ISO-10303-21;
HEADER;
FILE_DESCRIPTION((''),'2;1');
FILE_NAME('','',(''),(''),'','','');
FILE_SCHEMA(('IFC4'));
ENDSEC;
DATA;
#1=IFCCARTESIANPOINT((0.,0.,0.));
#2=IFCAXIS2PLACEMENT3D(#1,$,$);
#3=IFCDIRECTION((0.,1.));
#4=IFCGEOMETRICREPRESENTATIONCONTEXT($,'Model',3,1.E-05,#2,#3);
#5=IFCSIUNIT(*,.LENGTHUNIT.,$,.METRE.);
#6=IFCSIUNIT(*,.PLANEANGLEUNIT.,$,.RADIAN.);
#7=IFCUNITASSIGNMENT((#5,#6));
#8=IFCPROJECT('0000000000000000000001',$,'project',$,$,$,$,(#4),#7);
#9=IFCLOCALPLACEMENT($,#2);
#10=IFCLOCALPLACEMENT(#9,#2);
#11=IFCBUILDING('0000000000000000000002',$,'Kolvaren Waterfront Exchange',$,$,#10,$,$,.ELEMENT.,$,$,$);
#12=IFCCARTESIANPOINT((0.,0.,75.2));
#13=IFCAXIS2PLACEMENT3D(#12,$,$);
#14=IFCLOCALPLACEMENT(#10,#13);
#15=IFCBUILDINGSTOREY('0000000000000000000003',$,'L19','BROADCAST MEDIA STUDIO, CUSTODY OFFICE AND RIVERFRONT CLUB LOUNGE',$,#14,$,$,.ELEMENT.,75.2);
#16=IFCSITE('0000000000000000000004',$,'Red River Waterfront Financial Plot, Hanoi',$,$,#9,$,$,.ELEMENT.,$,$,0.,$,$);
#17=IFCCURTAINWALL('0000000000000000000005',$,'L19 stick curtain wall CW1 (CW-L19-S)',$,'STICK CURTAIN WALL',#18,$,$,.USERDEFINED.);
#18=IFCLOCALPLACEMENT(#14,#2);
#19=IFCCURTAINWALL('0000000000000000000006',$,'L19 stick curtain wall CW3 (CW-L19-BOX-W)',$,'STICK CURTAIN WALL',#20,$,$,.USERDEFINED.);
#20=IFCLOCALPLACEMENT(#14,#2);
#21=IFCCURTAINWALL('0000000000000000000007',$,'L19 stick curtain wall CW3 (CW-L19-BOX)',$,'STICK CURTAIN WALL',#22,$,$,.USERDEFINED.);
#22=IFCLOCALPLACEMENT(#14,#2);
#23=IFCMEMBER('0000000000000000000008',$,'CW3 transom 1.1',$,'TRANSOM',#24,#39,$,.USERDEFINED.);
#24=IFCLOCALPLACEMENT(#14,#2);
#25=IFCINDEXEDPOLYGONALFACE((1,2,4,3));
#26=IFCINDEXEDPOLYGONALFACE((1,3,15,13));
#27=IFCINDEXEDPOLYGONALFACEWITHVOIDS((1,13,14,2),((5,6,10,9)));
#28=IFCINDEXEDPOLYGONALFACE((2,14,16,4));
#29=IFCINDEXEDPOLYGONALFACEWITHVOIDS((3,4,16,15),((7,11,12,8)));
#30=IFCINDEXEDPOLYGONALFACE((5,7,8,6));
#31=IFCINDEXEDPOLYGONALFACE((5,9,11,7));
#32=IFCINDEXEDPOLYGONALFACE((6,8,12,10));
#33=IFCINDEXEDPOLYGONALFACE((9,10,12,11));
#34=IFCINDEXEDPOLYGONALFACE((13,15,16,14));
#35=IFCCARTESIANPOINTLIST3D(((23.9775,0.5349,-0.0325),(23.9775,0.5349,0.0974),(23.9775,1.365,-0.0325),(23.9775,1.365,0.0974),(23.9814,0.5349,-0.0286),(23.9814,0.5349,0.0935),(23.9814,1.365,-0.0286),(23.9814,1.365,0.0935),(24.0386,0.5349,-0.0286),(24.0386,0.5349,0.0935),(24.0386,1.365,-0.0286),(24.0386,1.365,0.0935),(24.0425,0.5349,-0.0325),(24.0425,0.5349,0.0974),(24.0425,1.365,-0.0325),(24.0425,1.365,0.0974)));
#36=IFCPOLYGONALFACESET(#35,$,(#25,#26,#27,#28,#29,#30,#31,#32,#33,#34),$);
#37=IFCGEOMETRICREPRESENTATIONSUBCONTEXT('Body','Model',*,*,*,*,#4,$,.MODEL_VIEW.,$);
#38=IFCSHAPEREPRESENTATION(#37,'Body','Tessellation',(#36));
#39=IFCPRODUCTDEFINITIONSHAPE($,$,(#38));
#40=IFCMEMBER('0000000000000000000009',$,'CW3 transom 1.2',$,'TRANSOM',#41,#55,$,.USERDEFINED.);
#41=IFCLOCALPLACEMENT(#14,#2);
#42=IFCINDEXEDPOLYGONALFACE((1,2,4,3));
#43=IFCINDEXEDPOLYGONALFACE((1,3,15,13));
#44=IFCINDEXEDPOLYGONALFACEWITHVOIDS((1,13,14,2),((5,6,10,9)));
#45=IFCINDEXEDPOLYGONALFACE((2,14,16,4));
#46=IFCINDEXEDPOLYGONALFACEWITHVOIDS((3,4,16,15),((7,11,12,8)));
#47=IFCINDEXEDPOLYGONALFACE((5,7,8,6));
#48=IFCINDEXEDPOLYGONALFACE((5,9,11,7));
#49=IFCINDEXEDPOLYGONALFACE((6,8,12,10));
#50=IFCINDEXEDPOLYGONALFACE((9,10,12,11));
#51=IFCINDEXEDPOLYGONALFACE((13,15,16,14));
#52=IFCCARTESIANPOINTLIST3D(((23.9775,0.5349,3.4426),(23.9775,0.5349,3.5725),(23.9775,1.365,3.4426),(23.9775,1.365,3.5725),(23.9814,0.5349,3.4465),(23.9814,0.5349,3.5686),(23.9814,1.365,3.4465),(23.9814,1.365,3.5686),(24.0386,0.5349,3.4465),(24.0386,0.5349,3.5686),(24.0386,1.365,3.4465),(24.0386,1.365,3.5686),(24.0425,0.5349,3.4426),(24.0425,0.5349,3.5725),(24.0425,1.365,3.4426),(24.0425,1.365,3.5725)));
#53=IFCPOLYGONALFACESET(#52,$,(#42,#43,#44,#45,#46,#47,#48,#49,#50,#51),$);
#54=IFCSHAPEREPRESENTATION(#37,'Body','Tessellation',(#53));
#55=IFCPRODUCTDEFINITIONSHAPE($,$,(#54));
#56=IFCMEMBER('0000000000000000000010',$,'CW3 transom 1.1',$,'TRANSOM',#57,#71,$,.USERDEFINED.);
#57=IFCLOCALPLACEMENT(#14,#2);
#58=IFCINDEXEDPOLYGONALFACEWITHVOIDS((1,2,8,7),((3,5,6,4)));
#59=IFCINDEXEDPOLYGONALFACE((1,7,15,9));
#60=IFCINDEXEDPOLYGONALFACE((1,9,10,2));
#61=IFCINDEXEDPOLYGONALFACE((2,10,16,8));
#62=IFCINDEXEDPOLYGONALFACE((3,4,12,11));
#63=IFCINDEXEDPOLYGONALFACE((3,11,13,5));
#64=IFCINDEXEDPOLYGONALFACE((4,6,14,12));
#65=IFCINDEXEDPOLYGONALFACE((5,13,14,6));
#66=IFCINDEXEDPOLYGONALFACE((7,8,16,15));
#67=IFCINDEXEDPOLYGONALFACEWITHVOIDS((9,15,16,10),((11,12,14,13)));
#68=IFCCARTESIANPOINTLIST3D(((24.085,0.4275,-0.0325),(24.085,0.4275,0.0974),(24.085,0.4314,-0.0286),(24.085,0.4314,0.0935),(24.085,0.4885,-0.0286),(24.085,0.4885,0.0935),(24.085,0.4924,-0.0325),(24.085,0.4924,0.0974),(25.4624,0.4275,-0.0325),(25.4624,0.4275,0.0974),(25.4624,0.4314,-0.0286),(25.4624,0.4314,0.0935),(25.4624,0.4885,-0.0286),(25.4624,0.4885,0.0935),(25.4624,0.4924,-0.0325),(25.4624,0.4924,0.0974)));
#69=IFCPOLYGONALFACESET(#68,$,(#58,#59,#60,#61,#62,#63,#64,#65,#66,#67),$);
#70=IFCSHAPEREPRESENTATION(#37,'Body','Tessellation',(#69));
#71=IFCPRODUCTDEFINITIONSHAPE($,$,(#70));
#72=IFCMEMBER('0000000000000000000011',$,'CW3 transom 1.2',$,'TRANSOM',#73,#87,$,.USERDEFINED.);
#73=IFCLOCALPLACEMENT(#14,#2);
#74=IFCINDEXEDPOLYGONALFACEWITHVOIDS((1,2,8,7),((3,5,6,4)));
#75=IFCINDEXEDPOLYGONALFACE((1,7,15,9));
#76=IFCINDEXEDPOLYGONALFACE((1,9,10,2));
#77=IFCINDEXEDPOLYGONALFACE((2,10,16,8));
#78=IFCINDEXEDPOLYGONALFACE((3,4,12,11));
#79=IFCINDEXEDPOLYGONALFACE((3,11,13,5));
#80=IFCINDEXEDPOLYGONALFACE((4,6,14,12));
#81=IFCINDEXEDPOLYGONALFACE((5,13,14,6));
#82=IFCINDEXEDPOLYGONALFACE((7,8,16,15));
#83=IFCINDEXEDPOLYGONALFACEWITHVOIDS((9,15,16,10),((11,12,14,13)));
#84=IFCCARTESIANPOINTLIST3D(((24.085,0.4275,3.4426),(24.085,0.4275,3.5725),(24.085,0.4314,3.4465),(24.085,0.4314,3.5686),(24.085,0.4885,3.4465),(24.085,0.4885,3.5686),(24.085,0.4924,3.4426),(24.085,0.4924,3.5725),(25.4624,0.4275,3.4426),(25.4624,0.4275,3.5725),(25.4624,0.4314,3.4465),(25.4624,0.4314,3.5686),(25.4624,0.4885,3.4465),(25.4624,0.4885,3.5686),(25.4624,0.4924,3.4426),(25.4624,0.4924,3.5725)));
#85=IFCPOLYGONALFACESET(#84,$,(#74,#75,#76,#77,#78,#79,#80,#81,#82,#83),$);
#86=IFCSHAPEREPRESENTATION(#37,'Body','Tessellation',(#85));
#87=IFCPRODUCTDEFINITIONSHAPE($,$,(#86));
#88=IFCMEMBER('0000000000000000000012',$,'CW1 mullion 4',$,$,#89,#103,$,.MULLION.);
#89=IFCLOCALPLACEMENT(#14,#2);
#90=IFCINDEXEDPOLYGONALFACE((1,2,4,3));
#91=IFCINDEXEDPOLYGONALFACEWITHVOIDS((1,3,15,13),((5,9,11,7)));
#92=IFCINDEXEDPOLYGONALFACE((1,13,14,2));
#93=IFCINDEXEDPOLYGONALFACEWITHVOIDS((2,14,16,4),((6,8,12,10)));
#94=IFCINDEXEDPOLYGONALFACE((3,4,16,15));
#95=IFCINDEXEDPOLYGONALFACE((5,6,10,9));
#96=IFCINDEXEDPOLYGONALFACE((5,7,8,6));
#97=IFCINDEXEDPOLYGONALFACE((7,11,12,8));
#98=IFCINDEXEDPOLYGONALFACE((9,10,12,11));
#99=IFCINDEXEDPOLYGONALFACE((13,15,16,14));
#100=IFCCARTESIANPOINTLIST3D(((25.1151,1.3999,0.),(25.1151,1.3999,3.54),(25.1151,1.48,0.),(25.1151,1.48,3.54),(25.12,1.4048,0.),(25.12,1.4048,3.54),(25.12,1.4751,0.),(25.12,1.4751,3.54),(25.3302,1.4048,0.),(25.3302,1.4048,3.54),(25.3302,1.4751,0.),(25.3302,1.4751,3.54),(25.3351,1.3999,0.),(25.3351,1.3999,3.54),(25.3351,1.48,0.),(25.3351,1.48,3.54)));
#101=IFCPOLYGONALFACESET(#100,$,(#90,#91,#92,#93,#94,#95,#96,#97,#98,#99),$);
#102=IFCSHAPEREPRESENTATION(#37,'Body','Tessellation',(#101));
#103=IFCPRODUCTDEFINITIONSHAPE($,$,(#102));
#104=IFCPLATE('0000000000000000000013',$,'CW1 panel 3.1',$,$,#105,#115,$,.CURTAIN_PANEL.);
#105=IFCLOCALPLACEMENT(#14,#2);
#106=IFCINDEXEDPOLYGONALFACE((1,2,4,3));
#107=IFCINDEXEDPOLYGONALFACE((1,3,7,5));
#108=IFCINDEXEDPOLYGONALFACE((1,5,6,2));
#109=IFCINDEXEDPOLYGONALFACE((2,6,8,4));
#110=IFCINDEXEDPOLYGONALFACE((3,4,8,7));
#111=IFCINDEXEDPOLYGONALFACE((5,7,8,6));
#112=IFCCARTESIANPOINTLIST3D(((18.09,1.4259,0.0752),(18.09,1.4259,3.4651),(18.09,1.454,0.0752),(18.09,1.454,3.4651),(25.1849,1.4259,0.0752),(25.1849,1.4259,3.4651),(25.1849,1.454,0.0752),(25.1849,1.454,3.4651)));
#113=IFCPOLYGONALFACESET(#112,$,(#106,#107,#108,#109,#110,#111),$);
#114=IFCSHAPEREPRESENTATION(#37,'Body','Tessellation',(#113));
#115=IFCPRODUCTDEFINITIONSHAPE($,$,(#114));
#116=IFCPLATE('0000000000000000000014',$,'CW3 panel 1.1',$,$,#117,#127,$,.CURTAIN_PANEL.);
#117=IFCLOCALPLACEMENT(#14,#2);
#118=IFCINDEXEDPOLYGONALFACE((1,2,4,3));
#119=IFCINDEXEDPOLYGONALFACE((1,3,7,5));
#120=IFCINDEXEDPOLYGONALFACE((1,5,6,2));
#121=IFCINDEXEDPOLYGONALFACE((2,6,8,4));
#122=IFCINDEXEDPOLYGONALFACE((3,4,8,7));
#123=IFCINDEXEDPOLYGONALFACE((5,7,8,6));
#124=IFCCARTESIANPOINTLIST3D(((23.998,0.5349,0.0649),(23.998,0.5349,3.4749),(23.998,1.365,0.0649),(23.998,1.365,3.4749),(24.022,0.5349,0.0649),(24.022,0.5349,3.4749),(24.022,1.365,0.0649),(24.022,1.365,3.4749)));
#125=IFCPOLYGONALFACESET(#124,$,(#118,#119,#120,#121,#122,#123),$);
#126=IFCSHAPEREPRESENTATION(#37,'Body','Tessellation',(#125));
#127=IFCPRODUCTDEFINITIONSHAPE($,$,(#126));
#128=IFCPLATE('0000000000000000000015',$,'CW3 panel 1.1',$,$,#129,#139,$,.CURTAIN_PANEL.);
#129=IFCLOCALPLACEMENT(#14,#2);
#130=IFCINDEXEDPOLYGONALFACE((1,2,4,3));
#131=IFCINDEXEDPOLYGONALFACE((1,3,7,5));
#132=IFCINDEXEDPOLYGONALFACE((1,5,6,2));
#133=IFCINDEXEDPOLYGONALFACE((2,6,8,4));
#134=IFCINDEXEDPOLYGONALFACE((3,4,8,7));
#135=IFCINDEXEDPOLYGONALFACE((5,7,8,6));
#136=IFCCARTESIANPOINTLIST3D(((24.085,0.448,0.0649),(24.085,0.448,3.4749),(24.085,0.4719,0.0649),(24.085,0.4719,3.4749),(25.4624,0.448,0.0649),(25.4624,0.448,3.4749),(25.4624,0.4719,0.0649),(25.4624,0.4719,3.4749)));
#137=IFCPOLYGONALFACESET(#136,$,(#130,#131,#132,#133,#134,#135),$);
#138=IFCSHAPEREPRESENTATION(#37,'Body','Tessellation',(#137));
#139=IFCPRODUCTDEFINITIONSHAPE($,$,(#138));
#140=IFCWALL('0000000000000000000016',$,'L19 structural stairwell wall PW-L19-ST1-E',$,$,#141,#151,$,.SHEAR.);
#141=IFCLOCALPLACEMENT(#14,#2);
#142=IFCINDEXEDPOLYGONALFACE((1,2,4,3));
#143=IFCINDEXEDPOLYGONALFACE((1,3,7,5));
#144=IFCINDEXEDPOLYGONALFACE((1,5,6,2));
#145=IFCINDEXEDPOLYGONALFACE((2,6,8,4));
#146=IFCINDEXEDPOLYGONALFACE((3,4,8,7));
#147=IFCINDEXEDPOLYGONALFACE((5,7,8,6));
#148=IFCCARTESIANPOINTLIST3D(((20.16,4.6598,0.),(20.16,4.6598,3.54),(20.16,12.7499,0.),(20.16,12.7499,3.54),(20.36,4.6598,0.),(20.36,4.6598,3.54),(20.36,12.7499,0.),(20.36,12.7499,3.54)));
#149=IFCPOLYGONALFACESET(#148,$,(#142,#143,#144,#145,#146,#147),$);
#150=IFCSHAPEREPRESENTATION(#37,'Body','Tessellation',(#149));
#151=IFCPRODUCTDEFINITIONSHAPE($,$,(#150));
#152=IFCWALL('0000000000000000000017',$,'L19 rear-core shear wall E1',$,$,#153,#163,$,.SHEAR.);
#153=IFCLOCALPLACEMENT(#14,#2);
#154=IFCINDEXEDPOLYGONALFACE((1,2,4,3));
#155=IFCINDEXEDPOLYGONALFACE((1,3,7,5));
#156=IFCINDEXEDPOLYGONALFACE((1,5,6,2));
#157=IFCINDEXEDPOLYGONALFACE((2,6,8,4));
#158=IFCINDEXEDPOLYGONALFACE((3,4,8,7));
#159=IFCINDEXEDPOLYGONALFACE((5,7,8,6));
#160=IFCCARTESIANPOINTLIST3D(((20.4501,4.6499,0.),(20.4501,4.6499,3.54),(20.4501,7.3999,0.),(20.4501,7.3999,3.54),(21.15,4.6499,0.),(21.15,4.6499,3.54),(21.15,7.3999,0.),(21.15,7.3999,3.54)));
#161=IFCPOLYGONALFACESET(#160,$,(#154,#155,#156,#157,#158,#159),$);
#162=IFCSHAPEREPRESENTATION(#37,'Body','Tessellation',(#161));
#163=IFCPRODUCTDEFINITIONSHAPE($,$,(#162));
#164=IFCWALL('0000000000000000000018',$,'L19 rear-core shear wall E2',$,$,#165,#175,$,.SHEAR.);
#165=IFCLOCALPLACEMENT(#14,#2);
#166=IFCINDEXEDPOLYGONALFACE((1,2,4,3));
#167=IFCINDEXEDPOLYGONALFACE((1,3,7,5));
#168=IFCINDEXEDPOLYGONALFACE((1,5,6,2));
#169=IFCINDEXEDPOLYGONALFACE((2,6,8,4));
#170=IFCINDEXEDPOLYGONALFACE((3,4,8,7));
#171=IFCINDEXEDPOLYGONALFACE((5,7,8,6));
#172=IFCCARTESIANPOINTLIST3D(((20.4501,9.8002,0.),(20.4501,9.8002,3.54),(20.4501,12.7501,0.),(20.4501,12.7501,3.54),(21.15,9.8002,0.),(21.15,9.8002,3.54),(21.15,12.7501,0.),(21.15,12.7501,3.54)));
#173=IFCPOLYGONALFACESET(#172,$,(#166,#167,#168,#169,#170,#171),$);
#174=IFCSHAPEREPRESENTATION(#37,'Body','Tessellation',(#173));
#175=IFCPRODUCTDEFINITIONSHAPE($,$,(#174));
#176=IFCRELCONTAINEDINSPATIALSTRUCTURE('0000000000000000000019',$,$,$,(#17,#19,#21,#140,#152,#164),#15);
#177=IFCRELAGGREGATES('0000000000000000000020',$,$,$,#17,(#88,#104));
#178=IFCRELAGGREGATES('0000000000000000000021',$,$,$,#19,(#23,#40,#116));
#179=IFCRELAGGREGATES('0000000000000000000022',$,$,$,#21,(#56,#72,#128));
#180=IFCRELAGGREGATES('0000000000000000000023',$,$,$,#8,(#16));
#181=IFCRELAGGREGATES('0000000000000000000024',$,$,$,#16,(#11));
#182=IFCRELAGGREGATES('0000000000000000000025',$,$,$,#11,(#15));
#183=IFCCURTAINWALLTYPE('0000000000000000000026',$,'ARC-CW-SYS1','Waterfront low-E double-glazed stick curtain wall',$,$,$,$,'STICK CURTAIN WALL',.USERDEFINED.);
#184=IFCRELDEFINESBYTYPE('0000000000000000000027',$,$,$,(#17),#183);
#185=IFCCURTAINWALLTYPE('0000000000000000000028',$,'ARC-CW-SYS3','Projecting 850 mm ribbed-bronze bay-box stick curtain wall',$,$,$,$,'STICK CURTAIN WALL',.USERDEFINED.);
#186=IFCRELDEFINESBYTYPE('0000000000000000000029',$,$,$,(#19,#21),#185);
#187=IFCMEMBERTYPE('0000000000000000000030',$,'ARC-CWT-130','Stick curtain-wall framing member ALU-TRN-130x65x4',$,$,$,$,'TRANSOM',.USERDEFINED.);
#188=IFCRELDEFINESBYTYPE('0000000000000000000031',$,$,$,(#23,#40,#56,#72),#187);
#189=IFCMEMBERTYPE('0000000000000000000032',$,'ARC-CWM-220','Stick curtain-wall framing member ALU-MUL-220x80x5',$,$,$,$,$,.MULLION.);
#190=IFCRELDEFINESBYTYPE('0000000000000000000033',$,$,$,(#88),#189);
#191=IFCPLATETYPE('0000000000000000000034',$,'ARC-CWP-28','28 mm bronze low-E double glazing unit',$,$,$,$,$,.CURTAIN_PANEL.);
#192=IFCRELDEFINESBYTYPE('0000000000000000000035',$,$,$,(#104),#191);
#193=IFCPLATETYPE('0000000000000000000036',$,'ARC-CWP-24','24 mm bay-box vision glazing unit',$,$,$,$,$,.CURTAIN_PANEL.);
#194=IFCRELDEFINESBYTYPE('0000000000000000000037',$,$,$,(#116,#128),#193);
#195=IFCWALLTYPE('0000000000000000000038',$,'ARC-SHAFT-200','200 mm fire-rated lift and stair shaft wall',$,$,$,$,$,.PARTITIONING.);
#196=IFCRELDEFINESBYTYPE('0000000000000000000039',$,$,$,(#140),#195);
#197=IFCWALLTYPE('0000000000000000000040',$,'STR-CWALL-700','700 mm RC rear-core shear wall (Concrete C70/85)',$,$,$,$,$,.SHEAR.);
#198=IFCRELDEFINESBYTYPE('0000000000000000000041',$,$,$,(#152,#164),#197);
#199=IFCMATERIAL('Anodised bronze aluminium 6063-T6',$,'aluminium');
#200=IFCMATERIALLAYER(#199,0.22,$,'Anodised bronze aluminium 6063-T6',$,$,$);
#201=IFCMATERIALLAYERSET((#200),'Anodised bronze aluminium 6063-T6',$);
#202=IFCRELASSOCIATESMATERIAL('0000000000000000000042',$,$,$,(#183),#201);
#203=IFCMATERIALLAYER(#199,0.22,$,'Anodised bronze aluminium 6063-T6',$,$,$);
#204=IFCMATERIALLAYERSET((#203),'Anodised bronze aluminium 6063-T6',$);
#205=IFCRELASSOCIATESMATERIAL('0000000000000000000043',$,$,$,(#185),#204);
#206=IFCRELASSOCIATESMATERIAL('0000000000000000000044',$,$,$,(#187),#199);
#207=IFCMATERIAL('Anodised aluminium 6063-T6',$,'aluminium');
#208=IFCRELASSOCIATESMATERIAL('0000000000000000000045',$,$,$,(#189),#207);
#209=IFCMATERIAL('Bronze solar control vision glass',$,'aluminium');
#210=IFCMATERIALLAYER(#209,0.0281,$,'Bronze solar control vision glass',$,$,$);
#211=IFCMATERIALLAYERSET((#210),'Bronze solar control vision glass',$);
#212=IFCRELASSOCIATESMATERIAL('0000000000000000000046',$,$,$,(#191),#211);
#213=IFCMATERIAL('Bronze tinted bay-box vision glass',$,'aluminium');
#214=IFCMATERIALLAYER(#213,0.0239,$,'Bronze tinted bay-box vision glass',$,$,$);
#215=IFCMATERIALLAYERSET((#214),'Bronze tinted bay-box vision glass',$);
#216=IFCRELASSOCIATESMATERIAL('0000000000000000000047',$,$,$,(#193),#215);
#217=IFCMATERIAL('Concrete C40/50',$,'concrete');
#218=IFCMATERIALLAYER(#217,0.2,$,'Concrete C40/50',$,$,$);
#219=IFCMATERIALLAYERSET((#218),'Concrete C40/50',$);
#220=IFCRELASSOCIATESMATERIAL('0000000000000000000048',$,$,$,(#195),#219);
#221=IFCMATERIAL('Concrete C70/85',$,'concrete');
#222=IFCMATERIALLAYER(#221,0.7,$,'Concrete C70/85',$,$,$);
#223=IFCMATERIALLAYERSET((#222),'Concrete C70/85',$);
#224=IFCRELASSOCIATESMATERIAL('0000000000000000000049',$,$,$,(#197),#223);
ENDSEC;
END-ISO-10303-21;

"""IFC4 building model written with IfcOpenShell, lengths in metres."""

from ifc_helpers import new_model, si_unit, direction, frame, frame_2d, origin, origin_with_axes, origin_2d, place, context, subcontext, project, spatial, rectangle, hollow_rectangle, extrude, source, transform, mapped, material, layer, layer_set, material_profile, profile_set, type_object, element, aggregate, save


model = new_model("IFC4")

# Units and contexts
model_context = context("Model", 3, precision=1e-05, world=origin(), true_north=direction((0.0, 1.0)))
body_context = subcontext(model_context, "Body", "Model", "MODEL_VIEW")
ifc_project = project(units=[si_unit("LENGTHUNIT", "METRE"), si_unit("PLANEANGLEUNIT", "RADIAN")], contexts=[model_context])

# Site, building, storey
site_placement = place(None, origin())
site = spatial("IfcSite", under=ifc_project, at=site_placement, Name="Red River Waterfront Financial Plot, Hanoi", CompositionType="ELEMENT", RefElevation=0.0)
building_placement = place(site_placement, origin())
building = spatial("IfcBuilding", under=site, at=building_placement, Name="Kolvaren Waterfront Exchange", CompositionType="ELEMENT")
storey_placement = place(building_placement, frame((0.0, 0.0, 75.2)))
storey = spatial("IfcBuildingStorey", under=building, at=storey_placement, Name="L19", Description="BROADCAST MEDIA STUDIO, CUSTODY OFFICE AND RIVERFRONT CLUB LOUNGE", CompositionType="ELEMENT", Elevation=75.2)

# Shared definitions
ifc_material_1 = material(Name="Concrete C70/85", Category="concrete")

# Curtain walls
ifc_material_2 = material(Name="Anodised bronze aluminium 6063-T6", Category="aluminium")
ifc_layer_1 = layer(ifc_material_2, 0.22, Name="Anodised bronze aluminium 6063-T6")
ifc_layer_set_1 = layer_set([ifc_layer_1], Name="Anodised bronze aluminium 6063-T6")
curtain_wall_type_1 = type_object("IfcCurtainWallType", Name="ARC-CW-SYS1", Description="Waterfront low-E double-glazed stick curtain wall", ElementType="STICK CURTAIN WALL", PredefinedType="USERDEFINED", material=ifc_layer_set_1)
curtain_wall_1_placement = place(storey_placement, origin())
curtain_wall_1 = element("IfcCurtainWall", 1, at=curtain_wall_1_placement, inside=storey, type_object=curtain_wall_type_1, Name="L19 stick curtain wall CW1 (CW-L19-S)", ObjectType="STICK CURTAIN WALL", PredefinedType="USERDEFINED")
ifc_material_3 = material(Name="Anodised aluminium 6063-T6", Category="aluminium")
ifc_layer_2 = layer(ifc_material_2, 0.22, Name="Anodised bronze aluminium 6063-T6")
ifc_layer_set_2 = layer_set([ifc_layer_2], Name="Anodised bronze aluminium 6063-T6")
curtain_wall_type_2 = type_object("IfcCurtainWallType", Name="ARC-CW-SYS3", Description="Projecting 850 mm ribbed-bronze bay-box stick curtain wall", ElementType="STICK CURTAIN WALL", PredefinedType="USERDEFINED", material=ifc_layer_set_2)
curtain_wall_2_placement = place(storey_placement, origin())
curtain_wall_2 = element("IfcCurtainWall", 2, at=curtain_wall_2_placement, inside=storey, type_object=curtain_wall_type_2, Name="L19 stick curtain wall CW3 (CW-L19-BOX-W)", ObjectType="STICK CURTAIN WALL", PredefinedType="USERDEFINED")

# Curtain wall
curtain_wall_3_placement = place(storey_placement, origin())
curtain_wall_3 = element("IfcCurtainWall", 3, at=curtain_wall_3_placement, inside=storey, type_object=curtain_wall_type_2, Name="L19 stick curtain wall CW3 (CW-L19-BOX)", ObjectType="STICK CURTAIN WALL", PredefinedType="USERDEFINED")

# Members
ifc_material_profile_1 = material_profile(ifc_material_2, hollow_rectangle(XDim=0.0649, YDim=0.1299, WallThickness=0.0039, at=origin_2d()), Name="ALU-TRN-130x65x4")
ifc_profile_set_1 = profile_set([ifc_material_profile_1], Name="Anodised bronze aluminium 6063-T6")
member_type_1 = type_object("IfcMemberType", Name="ARC-CWT-130", Description="Stick curtain-wall framing member ALU-TRN-130x65x4", ElementType="TRANSOM", PredefinedType="USERDEFINED", material=ifc_profile_set_1)
shared_shape_1 = source(origin_with_axes(), body_context, "Body", "SweptSolid", [
    extrude(hollow_rectangle(XDim=0.0649, YDim=0.1299, WallThickness=0.0039, at=origin_2d()), origin(), (0.0, 0.0, 1.0), 0.8301),
])
member_1_placement = place(storey_placement, frame((24.01, 1.365, 0.0325), z_axis=(0.0, -1.0, 0.0), x_axis=(1.0, 0.0, 0.0)))
member_1 = element("IfcMember", 4, at=member_1_placement, type_object=member_type_1, Name="CW3 transom 1.1", ObjectType="TRANSOM", PredefinedType="USERDEFINED", context=body_context, shape_type="MappedRepresentation", body=[
    mapped(shared_shape_1, transform((0.0, 0.0, 0.0), x_axis=(1.0, 0.0, 0.0), y_axis=(0.0, 1.0, 0.0), z_axis=(0.0, 0.0, 1.0), scale=1.0)),
])
member_2_placement = place(storey_placement, frame((24.01, 1.365, 3.5076), z_axis=(0.0, -1.0, 0.0), x_axis=(1.0, 0.0, 0.0)))
member_2 = element("IfcMember", 5, at=member_2_placement, type_object=member_type_1, Name="CW3 transom 1.2", ObjectType="TRANSOM", PredefinedType="USERDEFINED", context=body_context, shape_type="MappedRepresentation", body=[
    mapped(shared_shape_1, transform((0.0, 0.0, 0.0), x_axis=(1.0, 0.0, 0.0), y_axis=(0.0, 1.0, 0.0), z_axis=(0.0, 0.0, 1.0), scale=1.0)),
])
shared_shape_2 = source(origin_with_axes(), body_context, "Body", "SweptSolid", [
    extrude(hollow_rectangle(XDim=0.0649, YDim=0.1299, WallThickness=0.0039, at=origin_2d()), origin(), (0.0, 0.0, 1.0), 1.3774),
])
member_3_placement = place(storey_placement, frame((24.085, 0.46, 0.0325), z_axis=(1.0, 0.0, 0.0), x_axis=(0.0, 1.0, 0.0)))
member_3 = element("IfcMember", 6, at=member_3_placement, type_object=member_type_1, Name="CW3 transom 1.1", ObjectType="TRANSOM", PredefinedType="USERDEFINED", context=body_context, shape_type="MappedRepresentation", body=[
    mapped(shared_shape_2, transform((0.0, 0.0, 0.0), x_axis=(1.0, 0.0, 0.0), y_axis=(0.0, 1.0, 0.0), z_axis=(0.0, 0.0, 1.0), scale=1.0)),
])
member_4_placement = place(storey_placement, frame((24.085, 0.46, 3.5076), z_axis=(1.0, 0.0, 0.0), x_axis=(0.0, 1.0, 0.0)))
member_4 = element("IfcMember", 7, at=member_4_placement, type_object=member_type_1, Name="CW3 transom 1.2", ObjectType="TRANSOM", PredefinedType="USERDEFINED", context=body_context, shape_type="MappedRepresentation", body=[
    mapped(shared_shape_2, transform((0.0, 0.0, 0.0), x_axis=(1.0, 0.0, 0.0), y_axis=(0.0, 1.0, 0.0), z_axis=(0.0, 0.0, 1.0), scale=1.0)),
])
ifc_material_profile_2 = material_profile(ifc_material_3, hollow_rectangle(XDim=0.0801, YDim=0.22, WallThickness=0.0049, at=origin_2d()), Name="ALU-MUL-220x80x5")
ifc_profile_set_2 = profile_set([ifc_material_profile_2], Name="Anodised aluminium 6063-T6")
member_type_2 = type_object("IfcMemberType", Name="ARC-CWM-220", Description="Stick curtain-wall framing member ALU-MUL-220x80x5", PredefinedType="MULLION", material=ifc_profile_set_2)
shared_shape_3 = source(origin_with_axes(), body_context, "Body", "SweptSolid", [
    extrude(hollow_rectangle(XDim=0.0801, YDim=0.22, WallThickness=0.0049, at=origin_2d()), origin(), (0.0, 0.0, 1.0), 3.54),
])
member_5_placement = place(storey_placement, frame((25.2251, 1.4399, 0.0), z_axis=(0.0, 0.0, 1.0), x_axis=(0.0, 1.0, 0.0)))
member_5 = element("IfcMember", 8, at=member_5_placement, type_object=member_type_2, Name="CW1 mullion 4", PredefinedType="MULLION", context=body_context, shape_type="MappedRepresentation", body=[
    mapped(shared_shape_3, transform((0.0, 0.0, 0.0), x_axis=(1.0, 0.0, 0.0), y_axis=(0.0, 1.0, 0.0), z_axis=(0.0, 0.0, 1.0), scale=1.0)),
])

# Plates
ifc_material_4 = material(Name="Bronze solar control vision glass", Category="aluminium")
ifc_layer_3 = layer(ifc_material_4, 0.0281, Name="Bronze solar control vision glass")
ifc_layer_set_3 = layer_set([ifc_layer_3], Name="Bronze solar control vision glass")
plate_type_1 = type_object("IfcPlateType", Name="ARC-CWP-28", Description="28 mm bronze low-E double glazing unit", PredefinedType="CURTAIN_PANEL", material=ifc_layer_set_3)
shared_shape_4 = source(origin_with_axes(), body_context, "Body", "SweptSolid", [
    extrude(rectangle(XDim=7.095, YDim=0.0281, at=origin_2d()), origin(), (0.0, 0.0, 1.0), 3.3899),
])
plate_1_placement = place(storey_placement, frame((21.6375, 1.4399, 0.0752), z_axis=(0.0, 0.0, 1.0), x_axis=(1.0, 0.0, 0.0)))
plate_1 = element("IfcPlate", 9, at=plate_1_placement, type_object=plate_type_1, Name="CW1 panel 3.1", PredefinedType="CURTAIN_PANEL", context=body_context, shape_type="MappedRepresentation", body=[
    mapped(shared_shape_4, transform((0.0, 0.0, 0.0), x_axis=(1.0, 0.0, 0.0), y_axis=(0.0, 1.0, 0.0), z_axis=(0.0, 0.0, 1.0), scale=1.0)),
])
aggregate(curtain_wall_1, [member_5, plate_1])
ifc_material_5 = material(Name="Bronze tinted bay-box vision glass", Category="aluminium")
ifc_layer_4 = layer(ifc_material_5, 0.0239, Name="Bronze tinted bay-box vision glass")
ifc_layer_set_4 = layer_set([ifc_layer_4], Name="Bronze tinted bay-box vision glass")
plate_type_2 = type_object("IfcPlateType", Name="ARC-CWP-24", Description="24 mm bay-box vision glazing unit", PredefinedType="CURTAIN_PANEL", material=ifc_layer_set_4)
shared_shape_5 = source(origin_with_axes(), body_context, "Body", "SweptSolid", [
    extrude(rectangle(XDim=0.8301, YDim=0.0239, at=origin_2d()), origin(), (0.0, 0.0, 1.0), 3.4099),
])
plate_2_placement = place(storey_placement, frame((24.01, 0.95, 0.0649), z_axis=(0.0, 0.0, 1.0), x_axis=(0.0, -1.0, 0.0)))
plate_2 = element("IfcPlate", 10, at=plate_2_placement, type_object=plate_type_2, Name="CW3 panel 1.1", PredefinedType="CURTAIN_PANEL", context=body_context, shape_type="MappedRepresentation", body=[
    mapped(shared_shape_5, transform((0.0, 0.0, 0.0), x_axis=(1.0, 0.0, 0.0), y_axis=(0.0, 1.0, 0.0), z_axis=(0.0, 0.0, 1.0), scale=1.0)),
])
aggregate(curtain_wall_2, [member_1, member_2, plate_2])
shared_shape_6 = source(origin_with_axes(), body_context, "Body", "SweptSolid", [
    extrude(rectangle(XDim=1.3774, YDim=0.0239, at=origin_2d()), origin(), (0.0, 0.0, 1.0), 3.4099),
])
plate_3_placement = place(storey_placement, frame((24.7737, 0.46, 0.0649), z_axis=(0.0, 0.0, 1.0), x_axis=(1.0, 0.0, 0.0)))
plate_3 = element("IfcPlate", 11, at=plate_3_placement, type_object=plate_type_2, Name="CW3 panel 1.1", PredefinedType="CURTAIN_PANEL", context=body_context, shape_type="MappedRepresentation", body=[
    mapped(shared_shape_6, transform((0.0, 0.0, 0.0), x_axis=(1.0, 0.0, 0.0), y_axis=(0.0, 1.0, 0.0), z_axis=(0.0, 0.0, 1.0), scale=1.0)),
])
aggregate(curtain_wall_3, [member_3, member_4, plate_3])

# Walls
ifc_material_6 = material(Name="Concrete C40/50", Category="concrete")
ifc_layer_5 = layer(ifc_material_6, 0.2, Name="Concrete C40/50")
ifc_layer_set_5 = layer_set([ifc_layer_5], Name="Concrete C40/50")
wall_type_1 = type_object("IfcWallType", Name="ARC-SHAFT-200", Description="200 mm fire-rated lift and stair shaft wall", PredefinedType="PARTITIONING", material=ifc_layer_set_5)
wall_1_placement = place(storey_placement, frame((20.26, 4.6599, 0.0), z_axis=(0.0, 0.0, 1.0), x_axis=(0.0, 1.0, 0.0)))
element("IfcWall", 12, at=wall_1_placement, inside=storey, type_object=wall_type_1, Name="L19 structural stairwell wall PW-L19-ST1-E", PredefinedType="SHEAR", context=body_context, shape_type="SweptSolid", body=[
    extrude(rectangle(XDim=8.0901, YDim=0.2, at=frame_2d((4.0449, 0.0))), origin(), (0.0, 0.0, 1.0), 3.54),
])
ifc_layer_6 = layer(ifc_material_1, 0.7, Name="Concrete C70/85")
ifc_layer_set_6 = layer_set([ifc_layer_6], Name="Concrete C70/85")
wall_type_2 = type_object("IfcWallType", Name="STR-CWALL-700", Description="700 mm RC rear-core shear wall (Concrete C70/85)", PredefinedType="SHEAR", material=ifc_layer_set_6)
wall_2_placement = place(storey_placement, frame((20.8, 4.6499, 0.0), z_axis=(0.0, 0.0, 1.0), x_axis=(0.0, 1.0, 0.0)))
element("IfcWall", 13, at=wall_2_placement, inside=storey, type_object=wall_type_2, Name="L19 rear-core shear wall E1", PredefinedType="SHEAR", context=body_context, shape_type="SweptSolid", body=[
    extrude(rectangle(XDim=2.75, YDim=0.7, at=frame_2d((1.375, 0.0))), origin(), (0.0, 0.0, 1.0), 3.54),
])
wall_3_placement = place(storey_placement, frame((20.8, 9.8, 0.0), z_axis=(0.0, 0.0, 1.0), x_axis=(0.0, 1.0, 0.0)))
element("IfcWall", 14, at=wall_3_placement, inside=storey, type_object=wall_type_2, Name="L19 rear-core shear wall E2", PredefinedType="SHEAR", context=body_context, shape_type="SweptSolid", body=[
    extrude(rectangle(XDim=2.95, YDim=0.7, at=frame_2d((1.4751, 0.0))), origin(), (0.0, 0.0, 1.0), 3.54),
])

save(model, "model.ifc")
